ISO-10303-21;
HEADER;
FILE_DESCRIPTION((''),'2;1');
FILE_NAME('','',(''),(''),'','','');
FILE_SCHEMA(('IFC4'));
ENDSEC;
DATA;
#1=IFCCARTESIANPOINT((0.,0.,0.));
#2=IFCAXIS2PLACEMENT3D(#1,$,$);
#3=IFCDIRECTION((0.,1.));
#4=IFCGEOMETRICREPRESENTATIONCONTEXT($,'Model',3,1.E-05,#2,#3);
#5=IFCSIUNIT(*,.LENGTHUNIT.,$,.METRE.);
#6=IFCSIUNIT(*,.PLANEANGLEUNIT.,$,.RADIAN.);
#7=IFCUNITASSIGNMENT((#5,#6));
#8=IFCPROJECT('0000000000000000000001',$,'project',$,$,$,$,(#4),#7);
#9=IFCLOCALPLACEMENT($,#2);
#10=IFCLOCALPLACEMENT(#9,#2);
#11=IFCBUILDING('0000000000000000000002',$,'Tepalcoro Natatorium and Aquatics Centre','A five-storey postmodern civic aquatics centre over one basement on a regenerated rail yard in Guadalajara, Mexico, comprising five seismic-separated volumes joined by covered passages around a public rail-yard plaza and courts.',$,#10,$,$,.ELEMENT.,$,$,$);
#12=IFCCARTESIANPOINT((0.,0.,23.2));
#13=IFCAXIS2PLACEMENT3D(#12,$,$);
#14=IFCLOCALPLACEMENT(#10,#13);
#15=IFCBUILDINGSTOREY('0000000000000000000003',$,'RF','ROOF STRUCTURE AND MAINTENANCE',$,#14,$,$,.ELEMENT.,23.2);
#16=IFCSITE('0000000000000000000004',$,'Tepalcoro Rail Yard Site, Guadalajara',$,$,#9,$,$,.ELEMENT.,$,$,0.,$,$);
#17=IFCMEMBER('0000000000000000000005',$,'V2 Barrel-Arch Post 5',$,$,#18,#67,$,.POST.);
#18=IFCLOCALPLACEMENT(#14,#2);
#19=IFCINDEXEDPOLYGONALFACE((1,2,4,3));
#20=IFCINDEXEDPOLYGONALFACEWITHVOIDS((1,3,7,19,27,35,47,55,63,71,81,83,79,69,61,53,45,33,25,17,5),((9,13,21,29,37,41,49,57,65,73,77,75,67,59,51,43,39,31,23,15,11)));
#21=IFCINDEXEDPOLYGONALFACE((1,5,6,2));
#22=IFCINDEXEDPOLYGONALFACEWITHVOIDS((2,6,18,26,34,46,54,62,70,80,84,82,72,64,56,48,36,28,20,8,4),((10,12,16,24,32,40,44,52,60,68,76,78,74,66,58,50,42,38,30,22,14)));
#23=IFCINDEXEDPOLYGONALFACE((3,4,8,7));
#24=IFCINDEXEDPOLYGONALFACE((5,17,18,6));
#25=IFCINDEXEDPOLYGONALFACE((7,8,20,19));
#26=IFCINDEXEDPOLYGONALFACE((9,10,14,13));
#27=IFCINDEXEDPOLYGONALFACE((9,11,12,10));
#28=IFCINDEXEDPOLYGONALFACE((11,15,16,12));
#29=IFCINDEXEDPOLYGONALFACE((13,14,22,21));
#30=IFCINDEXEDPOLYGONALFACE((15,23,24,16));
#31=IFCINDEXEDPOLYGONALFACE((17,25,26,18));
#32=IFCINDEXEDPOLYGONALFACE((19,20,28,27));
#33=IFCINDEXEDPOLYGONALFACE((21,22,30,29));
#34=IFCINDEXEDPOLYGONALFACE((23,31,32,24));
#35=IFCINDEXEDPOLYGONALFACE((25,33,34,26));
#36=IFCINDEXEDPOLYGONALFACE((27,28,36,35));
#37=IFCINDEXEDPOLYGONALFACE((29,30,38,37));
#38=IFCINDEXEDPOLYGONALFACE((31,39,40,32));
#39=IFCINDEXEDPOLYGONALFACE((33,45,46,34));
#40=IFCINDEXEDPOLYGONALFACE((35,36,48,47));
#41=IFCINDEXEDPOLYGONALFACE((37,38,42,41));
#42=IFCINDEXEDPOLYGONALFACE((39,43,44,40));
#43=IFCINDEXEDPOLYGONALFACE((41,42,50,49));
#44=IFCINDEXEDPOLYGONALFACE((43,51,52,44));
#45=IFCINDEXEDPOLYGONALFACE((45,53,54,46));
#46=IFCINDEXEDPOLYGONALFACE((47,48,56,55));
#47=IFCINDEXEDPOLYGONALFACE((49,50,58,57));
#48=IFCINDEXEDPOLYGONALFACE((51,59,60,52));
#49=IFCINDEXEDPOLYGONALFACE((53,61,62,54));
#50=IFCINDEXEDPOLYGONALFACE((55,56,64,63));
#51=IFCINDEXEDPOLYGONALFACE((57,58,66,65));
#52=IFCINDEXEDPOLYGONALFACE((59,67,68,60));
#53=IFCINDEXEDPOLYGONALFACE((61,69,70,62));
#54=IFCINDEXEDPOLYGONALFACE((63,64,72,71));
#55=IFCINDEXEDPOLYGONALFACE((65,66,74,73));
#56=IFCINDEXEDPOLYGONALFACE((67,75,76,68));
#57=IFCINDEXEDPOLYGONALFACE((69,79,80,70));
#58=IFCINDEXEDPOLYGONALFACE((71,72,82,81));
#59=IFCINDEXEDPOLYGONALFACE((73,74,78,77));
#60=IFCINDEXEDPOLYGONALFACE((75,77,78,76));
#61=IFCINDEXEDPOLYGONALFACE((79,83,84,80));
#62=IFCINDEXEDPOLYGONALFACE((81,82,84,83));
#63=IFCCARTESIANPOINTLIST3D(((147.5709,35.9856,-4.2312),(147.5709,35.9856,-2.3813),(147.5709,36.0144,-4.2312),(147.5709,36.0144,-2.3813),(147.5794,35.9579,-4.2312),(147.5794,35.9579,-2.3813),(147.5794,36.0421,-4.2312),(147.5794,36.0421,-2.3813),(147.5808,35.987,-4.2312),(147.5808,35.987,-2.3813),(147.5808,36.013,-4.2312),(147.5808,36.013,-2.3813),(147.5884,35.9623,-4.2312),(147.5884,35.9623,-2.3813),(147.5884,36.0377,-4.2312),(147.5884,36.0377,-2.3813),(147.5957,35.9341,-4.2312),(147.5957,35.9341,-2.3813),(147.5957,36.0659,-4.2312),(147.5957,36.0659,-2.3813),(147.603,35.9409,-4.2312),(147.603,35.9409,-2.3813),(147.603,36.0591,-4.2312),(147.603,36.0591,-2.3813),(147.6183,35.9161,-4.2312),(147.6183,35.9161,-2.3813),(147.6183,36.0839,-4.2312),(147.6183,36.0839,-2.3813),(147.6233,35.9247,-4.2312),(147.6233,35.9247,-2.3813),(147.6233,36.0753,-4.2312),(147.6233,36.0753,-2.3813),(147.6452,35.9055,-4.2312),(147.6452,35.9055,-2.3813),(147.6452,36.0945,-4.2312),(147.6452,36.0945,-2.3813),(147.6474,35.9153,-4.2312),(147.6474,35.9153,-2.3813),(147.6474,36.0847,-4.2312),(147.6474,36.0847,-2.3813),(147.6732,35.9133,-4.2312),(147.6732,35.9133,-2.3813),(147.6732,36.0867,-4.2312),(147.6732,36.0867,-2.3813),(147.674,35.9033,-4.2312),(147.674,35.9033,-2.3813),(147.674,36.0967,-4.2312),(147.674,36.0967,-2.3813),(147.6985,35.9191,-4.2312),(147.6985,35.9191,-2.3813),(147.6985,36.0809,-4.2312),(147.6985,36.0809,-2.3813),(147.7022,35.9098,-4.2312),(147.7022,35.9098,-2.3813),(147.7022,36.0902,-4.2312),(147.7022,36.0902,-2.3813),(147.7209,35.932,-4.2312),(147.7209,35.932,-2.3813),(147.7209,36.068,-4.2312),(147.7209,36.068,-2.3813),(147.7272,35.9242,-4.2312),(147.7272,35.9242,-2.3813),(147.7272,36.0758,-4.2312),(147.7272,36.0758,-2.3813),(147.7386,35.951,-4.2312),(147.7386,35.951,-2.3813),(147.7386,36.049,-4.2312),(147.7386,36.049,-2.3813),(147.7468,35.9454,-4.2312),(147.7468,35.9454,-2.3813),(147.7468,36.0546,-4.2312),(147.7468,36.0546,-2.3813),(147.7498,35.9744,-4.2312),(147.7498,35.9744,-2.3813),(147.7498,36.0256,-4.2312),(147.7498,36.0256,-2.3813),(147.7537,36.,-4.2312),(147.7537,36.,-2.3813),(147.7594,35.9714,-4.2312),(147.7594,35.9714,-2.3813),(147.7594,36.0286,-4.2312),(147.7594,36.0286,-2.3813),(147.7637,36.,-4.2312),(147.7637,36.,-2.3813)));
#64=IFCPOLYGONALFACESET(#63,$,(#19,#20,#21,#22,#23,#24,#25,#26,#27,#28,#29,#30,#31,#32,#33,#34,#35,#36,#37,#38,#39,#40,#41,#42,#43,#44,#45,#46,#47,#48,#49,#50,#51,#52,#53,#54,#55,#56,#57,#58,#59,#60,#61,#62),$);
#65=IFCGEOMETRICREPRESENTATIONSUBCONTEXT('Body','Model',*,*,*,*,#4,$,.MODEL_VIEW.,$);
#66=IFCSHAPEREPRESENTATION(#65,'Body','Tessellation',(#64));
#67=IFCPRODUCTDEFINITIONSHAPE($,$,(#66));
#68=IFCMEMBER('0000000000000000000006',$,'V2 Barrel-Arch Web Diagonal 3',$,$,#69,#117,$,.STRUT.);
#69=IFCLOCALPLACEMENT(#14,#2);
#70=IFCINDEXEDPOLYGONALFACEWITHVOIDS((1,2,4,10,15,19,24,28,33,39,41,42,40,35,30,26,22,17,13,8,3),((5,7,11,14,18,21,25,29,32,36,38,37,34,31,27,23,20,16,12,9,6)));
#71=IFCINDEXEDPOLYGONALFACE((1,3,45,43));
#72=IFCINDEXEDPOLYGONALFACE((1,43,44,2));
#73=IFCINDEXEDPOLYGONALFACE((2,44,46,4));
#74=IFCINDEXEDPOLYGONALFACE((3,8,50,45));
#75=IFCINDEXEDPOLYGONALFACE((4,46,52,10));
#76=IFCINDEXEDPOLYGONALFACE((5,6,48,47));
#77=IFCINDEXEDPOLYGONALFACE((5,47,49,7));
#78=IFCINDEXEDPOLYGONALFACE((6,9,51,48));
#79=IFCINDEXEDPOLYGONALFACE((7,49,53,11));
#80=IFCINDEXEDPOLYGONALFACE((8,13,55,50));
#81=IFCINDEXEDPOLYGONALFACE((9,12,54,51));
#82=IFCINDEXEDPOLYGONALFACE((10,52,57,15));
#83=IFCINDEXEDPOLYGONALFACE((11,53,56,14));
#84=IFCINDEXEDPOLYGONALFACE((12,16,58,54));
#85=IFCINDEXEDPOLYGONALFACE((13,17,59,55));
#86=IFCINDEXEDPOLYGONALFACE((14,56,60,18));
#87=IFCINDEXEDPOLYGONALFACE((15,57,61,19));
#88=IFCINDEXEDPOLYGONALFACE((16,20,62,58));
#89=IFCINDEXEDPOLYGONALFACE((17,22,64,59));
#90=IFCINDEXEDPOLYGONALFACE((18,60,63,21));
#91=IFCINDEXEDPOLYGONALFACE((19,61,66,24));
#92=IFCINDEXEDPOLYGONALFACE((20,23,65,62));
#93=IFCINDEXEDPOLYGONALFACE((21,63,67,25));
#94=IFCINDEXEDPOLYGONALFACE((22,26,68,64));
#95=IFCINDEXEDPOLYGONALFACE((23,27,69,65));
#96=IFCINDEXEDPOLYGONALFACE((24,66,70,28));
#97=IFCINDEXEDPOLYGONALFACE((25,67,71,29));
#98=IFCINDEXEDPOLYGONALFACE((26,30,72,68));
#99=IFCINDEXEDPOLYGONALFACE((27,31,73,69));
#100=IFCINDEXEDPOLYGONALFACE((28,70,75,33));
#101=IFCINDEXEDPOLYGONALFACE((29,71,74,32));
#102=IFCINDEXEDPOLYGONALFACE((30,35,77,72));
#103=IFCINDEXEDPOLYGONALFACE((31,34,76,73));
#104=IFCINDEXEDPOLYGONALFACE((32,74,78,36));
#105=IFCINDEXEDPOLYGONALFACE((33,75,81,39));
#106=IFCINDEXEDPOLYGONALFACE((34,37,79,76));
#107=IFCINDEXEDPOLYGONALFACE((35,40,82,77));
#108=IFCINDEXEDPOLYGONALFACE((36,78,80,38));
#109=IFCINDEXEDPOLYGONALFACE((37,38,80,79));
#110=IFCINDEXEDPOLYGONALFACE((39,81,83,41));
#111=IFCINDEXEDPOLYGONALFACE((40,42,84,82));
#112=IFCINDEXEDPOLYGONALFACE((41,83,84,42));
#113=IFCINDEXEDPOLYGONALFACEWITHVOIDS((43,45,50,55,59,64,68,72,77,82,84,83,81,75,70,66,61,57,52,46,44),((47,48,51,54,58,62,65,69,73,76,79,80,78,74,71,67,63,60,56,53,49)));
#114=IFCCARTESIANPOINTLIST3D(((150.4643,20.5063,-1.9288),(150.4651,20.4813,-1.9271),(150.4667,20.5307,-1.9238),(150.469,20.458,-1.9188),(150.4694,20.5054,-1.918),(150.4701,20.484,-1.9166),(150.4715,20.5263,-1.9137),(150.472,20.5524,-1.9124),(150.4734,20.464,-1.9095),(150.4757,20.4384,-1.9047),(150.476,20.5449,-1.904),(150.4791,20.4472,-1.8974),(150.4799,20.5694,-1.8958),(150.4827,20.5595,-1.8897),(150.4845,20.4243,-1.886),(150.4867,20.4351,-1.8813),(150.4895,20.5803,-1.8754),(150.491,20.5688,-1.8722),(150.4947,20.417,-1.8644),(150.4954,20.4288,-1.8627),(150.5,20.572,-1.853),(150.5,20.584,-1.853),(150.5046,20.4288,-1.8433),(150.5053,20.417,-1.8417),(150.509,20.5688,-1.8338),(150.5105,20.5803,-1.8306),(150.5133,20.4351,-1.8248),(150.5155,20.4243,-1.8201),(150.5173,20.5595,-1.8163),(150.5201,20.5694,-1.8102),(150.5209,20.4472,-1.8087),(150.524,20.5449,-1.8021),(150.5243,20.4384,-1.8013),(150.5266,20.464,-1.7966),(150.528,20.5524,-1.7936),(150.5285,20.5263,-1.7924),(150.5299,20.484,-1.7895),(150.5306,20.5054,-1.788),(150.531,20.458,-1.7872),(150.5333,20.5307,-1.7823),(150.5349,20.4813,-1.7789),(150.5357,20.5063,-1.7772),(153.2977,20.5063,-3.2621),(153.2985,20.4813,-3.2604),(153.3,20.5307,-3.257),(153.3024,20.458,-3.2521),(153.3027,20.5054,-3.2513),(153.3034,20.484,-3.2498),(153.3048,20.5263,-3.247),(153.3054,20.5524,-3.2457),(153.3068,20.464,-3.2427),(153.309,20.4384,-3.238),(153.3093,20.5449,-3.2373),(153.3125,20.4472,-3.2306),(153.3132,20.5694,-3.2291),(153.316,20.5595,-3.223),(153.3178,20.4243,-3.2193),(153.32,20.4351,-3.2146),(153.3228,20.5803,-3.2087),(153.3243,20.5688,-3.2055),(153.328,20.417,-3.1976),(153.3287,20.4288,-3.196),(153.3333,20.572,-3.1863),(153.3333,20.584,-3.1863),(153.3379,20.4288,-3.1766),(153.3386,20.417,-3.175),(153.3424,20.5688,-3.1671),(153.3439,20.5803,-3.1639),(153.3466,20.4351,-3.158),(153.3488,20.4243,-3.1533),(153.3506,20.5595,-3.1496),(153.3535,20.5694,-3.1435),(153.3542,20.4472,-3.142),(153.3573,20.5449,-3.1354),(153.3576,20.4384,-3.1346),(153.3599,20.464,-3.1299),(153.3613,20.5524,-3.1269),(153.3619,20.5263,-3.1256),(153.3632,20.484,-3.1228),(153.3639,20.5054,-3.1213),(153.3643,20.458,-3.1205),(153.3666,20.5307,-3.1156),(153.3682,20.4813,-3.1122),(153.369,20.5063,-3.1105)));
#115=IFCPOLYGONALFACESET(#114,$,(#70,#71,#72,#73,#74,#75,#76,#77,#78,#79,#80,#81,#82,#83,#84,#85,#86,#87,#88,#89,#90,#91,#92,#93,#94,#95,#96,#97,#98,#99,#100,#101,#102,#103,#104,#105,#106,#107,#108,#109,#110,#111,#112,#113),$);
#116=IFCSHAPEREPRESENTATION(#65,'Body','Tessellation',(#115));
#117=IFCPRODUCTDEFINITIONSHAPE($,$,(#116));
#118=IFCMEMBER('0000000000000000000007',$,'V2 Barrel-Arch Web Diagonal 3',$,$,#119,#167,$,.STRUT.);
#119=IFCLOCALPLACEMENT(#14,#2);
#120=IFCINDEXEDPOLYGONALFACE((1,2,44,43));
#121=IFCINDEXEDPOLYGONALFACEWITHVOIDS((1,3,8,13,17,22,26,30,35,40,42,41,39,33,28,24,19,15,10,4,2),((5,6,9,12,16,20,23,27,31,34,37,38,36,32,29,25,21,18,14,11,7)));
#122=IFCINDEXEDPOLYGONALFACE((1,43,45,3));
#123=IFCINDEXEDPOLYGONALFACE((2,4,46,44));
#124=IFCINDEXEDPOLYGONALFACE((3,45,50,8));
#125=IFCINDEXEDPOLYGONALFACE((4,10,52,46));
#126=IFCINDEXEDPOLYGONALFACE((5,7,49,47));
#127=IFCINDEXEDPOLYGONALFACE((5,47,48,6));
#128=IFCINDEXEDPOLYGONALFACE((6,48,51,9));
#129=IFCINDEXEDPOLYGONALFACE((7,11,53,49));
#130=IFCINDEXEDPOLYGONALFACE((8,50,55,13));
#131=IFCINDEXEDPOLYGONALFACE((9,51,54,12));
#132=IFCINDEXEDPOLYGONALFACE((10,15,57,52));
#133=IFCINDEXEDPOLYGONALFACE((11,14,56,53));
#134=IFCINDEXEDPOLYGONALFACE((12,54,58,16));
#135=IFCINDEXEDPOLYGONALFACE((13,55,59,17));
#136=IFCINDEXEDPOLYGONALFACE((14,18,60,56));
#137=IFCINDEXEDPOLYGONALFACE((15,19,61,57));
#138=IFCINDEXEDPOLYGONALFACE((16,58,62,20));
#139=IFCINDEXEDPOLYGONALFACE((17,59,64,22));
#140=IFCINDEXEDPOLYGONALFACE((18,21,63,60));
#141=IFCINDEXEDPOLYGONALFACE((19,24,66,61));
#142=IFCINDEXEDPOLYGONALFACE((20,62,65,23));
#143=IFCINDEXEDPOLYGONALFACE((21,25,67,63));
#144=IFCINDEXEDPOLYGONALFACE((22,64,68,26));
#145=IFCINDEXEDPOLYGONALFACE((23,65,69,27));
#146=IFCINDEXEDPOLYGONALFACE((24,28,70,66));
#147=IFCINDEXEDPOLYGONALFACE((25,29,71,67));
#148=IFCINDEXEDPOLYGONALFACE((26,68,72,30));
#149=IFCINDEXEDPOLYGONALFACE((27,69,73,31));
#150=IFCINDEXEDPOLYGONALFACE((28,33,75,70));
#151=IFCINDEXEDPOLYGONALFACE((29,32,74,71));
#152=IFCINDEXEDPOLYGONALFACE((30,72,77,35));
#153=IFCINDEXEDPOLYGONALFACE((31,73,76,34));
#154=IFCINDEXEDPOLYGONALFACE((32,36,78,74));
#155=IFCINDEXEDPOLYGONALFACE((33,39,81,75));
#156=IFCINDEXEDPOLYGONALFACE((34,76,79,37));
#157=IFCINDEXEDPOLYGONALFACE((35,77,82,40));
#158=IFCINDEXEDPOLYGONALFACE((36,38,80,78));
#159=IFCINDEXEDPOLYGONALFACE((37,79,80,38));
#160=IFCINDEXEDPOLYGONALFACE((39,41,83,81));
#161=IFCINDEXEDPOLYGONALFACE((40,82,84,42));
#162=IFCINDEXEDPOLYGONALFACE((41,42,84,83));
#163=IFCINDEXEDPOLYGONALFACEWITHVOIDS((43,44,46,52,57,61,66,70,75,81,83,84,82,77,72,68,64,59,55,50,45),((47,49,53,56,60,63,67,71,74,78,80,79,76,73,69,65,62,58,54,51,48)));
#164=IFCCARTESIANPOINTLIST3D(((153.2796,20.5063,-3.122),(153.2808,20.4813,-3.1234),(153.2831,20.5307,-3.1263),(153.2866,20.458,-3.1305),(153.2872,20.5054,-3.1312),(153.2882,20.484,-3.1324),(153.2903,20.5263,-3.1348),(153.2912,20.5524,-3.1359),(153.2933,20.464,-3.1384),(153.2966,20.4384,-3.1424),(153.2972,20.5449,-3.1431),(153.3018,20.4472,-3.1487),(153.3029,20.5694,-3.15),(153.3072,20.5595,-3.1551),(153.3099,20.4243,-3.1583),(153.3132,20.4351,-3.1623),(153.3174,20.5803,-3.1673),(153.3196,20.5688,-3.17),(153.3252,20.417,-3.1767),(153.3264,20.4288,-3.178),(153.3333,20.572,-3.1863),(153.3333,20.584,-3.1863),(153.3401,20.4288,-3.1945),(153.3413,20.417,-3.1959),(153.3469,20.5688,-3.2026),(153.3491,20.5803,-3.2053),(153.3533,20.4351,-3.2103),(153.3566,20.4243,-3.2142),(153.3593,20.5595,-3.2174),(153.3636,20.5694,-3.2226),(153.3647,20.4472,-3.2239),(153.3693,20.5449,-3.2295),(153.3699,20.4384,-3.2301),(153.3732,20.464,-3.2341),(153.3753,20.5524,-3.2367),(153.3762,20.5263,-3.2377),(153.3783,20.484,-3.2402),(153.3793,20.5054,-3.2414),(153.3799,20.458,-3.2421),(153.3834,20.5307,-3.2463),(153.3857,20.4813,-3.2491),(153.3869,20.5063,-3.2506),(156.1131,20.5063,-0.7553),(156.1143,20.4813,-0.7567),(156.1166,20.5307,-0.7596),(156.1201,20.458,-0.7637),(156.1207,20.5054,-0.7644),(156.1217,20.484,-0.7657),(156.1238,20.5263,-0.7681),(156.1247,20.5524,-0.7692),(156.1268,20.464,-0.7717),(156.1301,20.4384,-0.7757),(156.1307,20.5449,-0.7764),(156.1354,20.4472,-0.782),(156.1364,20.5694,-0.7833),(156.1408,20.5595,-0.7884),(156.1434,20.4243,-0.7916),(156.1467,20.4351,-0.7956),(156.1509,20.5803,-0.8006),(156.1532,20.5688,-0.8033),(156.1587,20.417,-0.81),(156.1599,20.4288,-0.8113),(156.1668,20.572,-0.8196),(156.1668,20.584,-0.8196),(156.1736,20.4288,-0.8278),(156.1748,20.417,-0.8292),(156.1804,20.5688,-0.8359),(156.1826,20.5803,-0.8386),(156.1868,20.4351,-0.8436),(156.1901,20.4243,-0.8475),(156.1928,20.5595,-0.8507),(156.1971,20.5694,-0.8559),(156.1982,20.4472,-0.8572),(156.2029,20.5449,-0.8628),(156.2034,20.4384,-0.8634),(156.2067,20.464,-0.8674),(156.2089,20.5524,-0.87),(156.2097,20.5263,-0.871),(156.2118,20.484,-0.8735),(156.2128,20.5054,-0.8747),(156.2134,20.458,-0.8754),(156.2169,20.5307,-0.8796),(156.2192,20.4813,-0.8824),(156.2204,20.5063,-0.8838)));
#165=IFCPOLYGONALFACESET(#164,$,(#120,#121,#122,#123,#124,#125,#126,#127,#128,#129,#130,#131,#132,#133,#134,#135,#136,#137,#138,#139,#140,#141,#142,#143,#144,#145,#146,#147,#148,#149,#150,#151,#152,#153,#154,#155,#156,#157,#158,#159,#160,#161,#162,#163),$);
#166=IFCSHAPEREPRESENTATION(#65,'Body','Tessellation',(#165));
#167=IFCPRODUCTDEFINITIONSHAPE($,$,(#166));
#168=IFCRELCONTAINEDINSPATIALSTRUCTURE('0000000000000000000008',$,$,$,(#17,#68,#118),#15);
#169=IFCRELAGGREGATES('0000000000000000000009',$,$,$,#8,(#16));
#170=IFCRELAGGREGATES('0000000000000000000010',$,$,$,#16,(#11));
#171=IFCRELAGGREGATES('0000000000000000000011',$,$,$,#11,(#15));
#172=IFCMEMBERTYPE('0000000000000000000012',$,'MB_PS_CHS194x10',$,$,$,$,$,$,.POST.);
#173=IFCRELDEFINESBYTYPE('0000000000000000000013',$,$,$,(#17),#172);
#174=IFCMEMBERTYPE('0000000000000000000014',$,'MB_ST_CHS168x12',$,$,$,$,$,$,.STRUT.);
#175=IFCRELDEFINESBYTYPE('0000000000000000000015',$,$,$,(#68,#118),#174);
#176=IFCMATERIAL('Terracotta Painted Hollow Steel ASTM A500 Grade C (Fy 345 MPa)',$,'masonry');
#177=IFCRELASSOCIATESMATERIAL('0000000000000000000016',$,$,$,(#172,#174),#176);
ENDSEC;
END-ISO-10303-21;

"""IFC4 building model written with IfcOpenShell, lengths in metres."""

from ifc_helpers import new_model, si_unit, direction, frame, origin, origin_2d, place, context, subcontext, project, spatial, hollow_circle, extrude, material, material_profile, profile_set, type_object, element, save


model = new_model("IFC4")

# Units and contexts
model_context = context("Model", 3, precision=1e-05, world=origin(), true_north=direction((0.0, 1.0)))
body_context = subcontext(model_context, "Body", "Model", "MODEL_VIEW")
ifc_project = project(units=[si_unit("LENGTHUNIT", "METRE"), si_unit("PLANEANGLEUNIT", "RADIAN")], contexts=[model_context])

# Site, building, storey
site_placement = place(None, origin())
site = spatial("IfcSite", under=ifc_project, at=site_placement, Name="Tepalcoro Rail Yard Site, Guadalajara", CompositionType="ELEMENT", RefElevation=0.0)
building_placement = place(site_placement, origin())
building = spatial("IfcBuilding", under=site, at=building_placement, Name="Tepalcoro Natatorium and Aquatics Centre", Description="A five-storey postmodern civic aquatics centre over one basement on a regenerated rail yard in Guadalajara, Mexico, comprising five seismic-separated volumes joined by covered passages around a public rail-yard plaza and courts.", CompositionType="ELEMENT")
storey_placement = place(building_placement, frame((0.0, 0.0, 23.2)))
storey = spatial("IfcBuildingStorey", under=building, at=storey_placement, Name="RF", Description="ROOF STRUCTURE AND MAINTENANCE", CompositionType="ELEMENT", Elevation=23.2)

# Shared definitions
ifc_material_1 = material(Name="Terracotta Painted Hollow Steel ASTM A500 Grade C (Fy 345 MPa)", Category="masonry")

# Members
ifc_material_profile_1 = material_profile(ifc_material_1, hollow_circle(Radius=0.0969, WallThickness=0.01, at=origin_2d()), Name="CHS194X10")
ifc_profile_set_1 = profile_set([ifc_material_profile_1], Name="Terracotta Painted Hollow Steel ASTM A500 Grade C (Fy 345 MPa)")
member_type_1 = type_object("IfcMemberType", Name="MB_PS_CHS194x10", PredefinedType="POST", material=ifc_profile_set_1)
member_1_placement = place(storey_placement, frame((147.6667, 36.0, -4.2312), z_axis=(0.0, 0.0, 1.0), x_axis=(1.0, 0.0, 0.0)))
element("IfcMember", 1, at=member_1_placement, inside=storey, type_object=member_type_1, Name="V2 Barrel-Arch Post 5", PredefinedType="POST", context=body_context, shape_type="SweptSolid", body=[
    extrude(hollow_circle(Radius=0.0969, WallThickness=0.01, at=origin_2d()), origin(), (0.0, 0.0, 1.0), 1.8499),
])
ifc_material_profile_2 = material_profile(ifc_material_1, hollow_circle(Radius=0.084, WallThickness=0.012, at=origin_2d()), Name="CHS168X12")
ifc_profile_set_2 = profile_set([ifc_material_profile_2], Name="Terracotta Painted Hollow Steel ASTM A500 Grade C (Fy 345 MPa)")
member_type_2 = type_object("IfcMemberType", Name="MB_ST_CHS168x12", PredefinedType="STRUT", material=ifc_profile_set_2)
member_2_placement = place(storey_placement, frame((150.5, 20.5, -1.853), z_axis=(0.904824, 0.0, -0.425786), x_axis=(0.0, 1.0, 0.0)))
element("IfcMember", 2, at=member_2_placement, inside=storey, type_object=member_type_2, Name="V2 Barrel-Arch Web Diagonal 3", PredefinedType="STRUT", context=body_context, shape_type="SweptSolid", body=[
    extrude(hollow_circle(Radius=0.084, WallThickness=0.012, at=origin_2d()), origin(), (0.0, 0.0, 1.0), 3.1313),
])
member_3_placement = place(storey_placement, frame((153.3333, 20.5, -3.1863), z_axis=(0.767494, 0.0, 0.641056), x_axis=(0.0, 1.0, 0.0)))
element("IfcMember", 3, at=member_3_placement, inside=storey, type_object=member_type_2, Name="V2 Barrel-Arch Web Diagonal 3", PredefinedType="STRUT", context=body_context, shape_type="SweptSolid", body=[
    extrude(hollow_circle(Radius=0.084, WallThickness=0.012, at=origin_2d()), origin(), (0.0, 0.0, 1.0), 3.6919),
])

save(model, "model.ifc")
